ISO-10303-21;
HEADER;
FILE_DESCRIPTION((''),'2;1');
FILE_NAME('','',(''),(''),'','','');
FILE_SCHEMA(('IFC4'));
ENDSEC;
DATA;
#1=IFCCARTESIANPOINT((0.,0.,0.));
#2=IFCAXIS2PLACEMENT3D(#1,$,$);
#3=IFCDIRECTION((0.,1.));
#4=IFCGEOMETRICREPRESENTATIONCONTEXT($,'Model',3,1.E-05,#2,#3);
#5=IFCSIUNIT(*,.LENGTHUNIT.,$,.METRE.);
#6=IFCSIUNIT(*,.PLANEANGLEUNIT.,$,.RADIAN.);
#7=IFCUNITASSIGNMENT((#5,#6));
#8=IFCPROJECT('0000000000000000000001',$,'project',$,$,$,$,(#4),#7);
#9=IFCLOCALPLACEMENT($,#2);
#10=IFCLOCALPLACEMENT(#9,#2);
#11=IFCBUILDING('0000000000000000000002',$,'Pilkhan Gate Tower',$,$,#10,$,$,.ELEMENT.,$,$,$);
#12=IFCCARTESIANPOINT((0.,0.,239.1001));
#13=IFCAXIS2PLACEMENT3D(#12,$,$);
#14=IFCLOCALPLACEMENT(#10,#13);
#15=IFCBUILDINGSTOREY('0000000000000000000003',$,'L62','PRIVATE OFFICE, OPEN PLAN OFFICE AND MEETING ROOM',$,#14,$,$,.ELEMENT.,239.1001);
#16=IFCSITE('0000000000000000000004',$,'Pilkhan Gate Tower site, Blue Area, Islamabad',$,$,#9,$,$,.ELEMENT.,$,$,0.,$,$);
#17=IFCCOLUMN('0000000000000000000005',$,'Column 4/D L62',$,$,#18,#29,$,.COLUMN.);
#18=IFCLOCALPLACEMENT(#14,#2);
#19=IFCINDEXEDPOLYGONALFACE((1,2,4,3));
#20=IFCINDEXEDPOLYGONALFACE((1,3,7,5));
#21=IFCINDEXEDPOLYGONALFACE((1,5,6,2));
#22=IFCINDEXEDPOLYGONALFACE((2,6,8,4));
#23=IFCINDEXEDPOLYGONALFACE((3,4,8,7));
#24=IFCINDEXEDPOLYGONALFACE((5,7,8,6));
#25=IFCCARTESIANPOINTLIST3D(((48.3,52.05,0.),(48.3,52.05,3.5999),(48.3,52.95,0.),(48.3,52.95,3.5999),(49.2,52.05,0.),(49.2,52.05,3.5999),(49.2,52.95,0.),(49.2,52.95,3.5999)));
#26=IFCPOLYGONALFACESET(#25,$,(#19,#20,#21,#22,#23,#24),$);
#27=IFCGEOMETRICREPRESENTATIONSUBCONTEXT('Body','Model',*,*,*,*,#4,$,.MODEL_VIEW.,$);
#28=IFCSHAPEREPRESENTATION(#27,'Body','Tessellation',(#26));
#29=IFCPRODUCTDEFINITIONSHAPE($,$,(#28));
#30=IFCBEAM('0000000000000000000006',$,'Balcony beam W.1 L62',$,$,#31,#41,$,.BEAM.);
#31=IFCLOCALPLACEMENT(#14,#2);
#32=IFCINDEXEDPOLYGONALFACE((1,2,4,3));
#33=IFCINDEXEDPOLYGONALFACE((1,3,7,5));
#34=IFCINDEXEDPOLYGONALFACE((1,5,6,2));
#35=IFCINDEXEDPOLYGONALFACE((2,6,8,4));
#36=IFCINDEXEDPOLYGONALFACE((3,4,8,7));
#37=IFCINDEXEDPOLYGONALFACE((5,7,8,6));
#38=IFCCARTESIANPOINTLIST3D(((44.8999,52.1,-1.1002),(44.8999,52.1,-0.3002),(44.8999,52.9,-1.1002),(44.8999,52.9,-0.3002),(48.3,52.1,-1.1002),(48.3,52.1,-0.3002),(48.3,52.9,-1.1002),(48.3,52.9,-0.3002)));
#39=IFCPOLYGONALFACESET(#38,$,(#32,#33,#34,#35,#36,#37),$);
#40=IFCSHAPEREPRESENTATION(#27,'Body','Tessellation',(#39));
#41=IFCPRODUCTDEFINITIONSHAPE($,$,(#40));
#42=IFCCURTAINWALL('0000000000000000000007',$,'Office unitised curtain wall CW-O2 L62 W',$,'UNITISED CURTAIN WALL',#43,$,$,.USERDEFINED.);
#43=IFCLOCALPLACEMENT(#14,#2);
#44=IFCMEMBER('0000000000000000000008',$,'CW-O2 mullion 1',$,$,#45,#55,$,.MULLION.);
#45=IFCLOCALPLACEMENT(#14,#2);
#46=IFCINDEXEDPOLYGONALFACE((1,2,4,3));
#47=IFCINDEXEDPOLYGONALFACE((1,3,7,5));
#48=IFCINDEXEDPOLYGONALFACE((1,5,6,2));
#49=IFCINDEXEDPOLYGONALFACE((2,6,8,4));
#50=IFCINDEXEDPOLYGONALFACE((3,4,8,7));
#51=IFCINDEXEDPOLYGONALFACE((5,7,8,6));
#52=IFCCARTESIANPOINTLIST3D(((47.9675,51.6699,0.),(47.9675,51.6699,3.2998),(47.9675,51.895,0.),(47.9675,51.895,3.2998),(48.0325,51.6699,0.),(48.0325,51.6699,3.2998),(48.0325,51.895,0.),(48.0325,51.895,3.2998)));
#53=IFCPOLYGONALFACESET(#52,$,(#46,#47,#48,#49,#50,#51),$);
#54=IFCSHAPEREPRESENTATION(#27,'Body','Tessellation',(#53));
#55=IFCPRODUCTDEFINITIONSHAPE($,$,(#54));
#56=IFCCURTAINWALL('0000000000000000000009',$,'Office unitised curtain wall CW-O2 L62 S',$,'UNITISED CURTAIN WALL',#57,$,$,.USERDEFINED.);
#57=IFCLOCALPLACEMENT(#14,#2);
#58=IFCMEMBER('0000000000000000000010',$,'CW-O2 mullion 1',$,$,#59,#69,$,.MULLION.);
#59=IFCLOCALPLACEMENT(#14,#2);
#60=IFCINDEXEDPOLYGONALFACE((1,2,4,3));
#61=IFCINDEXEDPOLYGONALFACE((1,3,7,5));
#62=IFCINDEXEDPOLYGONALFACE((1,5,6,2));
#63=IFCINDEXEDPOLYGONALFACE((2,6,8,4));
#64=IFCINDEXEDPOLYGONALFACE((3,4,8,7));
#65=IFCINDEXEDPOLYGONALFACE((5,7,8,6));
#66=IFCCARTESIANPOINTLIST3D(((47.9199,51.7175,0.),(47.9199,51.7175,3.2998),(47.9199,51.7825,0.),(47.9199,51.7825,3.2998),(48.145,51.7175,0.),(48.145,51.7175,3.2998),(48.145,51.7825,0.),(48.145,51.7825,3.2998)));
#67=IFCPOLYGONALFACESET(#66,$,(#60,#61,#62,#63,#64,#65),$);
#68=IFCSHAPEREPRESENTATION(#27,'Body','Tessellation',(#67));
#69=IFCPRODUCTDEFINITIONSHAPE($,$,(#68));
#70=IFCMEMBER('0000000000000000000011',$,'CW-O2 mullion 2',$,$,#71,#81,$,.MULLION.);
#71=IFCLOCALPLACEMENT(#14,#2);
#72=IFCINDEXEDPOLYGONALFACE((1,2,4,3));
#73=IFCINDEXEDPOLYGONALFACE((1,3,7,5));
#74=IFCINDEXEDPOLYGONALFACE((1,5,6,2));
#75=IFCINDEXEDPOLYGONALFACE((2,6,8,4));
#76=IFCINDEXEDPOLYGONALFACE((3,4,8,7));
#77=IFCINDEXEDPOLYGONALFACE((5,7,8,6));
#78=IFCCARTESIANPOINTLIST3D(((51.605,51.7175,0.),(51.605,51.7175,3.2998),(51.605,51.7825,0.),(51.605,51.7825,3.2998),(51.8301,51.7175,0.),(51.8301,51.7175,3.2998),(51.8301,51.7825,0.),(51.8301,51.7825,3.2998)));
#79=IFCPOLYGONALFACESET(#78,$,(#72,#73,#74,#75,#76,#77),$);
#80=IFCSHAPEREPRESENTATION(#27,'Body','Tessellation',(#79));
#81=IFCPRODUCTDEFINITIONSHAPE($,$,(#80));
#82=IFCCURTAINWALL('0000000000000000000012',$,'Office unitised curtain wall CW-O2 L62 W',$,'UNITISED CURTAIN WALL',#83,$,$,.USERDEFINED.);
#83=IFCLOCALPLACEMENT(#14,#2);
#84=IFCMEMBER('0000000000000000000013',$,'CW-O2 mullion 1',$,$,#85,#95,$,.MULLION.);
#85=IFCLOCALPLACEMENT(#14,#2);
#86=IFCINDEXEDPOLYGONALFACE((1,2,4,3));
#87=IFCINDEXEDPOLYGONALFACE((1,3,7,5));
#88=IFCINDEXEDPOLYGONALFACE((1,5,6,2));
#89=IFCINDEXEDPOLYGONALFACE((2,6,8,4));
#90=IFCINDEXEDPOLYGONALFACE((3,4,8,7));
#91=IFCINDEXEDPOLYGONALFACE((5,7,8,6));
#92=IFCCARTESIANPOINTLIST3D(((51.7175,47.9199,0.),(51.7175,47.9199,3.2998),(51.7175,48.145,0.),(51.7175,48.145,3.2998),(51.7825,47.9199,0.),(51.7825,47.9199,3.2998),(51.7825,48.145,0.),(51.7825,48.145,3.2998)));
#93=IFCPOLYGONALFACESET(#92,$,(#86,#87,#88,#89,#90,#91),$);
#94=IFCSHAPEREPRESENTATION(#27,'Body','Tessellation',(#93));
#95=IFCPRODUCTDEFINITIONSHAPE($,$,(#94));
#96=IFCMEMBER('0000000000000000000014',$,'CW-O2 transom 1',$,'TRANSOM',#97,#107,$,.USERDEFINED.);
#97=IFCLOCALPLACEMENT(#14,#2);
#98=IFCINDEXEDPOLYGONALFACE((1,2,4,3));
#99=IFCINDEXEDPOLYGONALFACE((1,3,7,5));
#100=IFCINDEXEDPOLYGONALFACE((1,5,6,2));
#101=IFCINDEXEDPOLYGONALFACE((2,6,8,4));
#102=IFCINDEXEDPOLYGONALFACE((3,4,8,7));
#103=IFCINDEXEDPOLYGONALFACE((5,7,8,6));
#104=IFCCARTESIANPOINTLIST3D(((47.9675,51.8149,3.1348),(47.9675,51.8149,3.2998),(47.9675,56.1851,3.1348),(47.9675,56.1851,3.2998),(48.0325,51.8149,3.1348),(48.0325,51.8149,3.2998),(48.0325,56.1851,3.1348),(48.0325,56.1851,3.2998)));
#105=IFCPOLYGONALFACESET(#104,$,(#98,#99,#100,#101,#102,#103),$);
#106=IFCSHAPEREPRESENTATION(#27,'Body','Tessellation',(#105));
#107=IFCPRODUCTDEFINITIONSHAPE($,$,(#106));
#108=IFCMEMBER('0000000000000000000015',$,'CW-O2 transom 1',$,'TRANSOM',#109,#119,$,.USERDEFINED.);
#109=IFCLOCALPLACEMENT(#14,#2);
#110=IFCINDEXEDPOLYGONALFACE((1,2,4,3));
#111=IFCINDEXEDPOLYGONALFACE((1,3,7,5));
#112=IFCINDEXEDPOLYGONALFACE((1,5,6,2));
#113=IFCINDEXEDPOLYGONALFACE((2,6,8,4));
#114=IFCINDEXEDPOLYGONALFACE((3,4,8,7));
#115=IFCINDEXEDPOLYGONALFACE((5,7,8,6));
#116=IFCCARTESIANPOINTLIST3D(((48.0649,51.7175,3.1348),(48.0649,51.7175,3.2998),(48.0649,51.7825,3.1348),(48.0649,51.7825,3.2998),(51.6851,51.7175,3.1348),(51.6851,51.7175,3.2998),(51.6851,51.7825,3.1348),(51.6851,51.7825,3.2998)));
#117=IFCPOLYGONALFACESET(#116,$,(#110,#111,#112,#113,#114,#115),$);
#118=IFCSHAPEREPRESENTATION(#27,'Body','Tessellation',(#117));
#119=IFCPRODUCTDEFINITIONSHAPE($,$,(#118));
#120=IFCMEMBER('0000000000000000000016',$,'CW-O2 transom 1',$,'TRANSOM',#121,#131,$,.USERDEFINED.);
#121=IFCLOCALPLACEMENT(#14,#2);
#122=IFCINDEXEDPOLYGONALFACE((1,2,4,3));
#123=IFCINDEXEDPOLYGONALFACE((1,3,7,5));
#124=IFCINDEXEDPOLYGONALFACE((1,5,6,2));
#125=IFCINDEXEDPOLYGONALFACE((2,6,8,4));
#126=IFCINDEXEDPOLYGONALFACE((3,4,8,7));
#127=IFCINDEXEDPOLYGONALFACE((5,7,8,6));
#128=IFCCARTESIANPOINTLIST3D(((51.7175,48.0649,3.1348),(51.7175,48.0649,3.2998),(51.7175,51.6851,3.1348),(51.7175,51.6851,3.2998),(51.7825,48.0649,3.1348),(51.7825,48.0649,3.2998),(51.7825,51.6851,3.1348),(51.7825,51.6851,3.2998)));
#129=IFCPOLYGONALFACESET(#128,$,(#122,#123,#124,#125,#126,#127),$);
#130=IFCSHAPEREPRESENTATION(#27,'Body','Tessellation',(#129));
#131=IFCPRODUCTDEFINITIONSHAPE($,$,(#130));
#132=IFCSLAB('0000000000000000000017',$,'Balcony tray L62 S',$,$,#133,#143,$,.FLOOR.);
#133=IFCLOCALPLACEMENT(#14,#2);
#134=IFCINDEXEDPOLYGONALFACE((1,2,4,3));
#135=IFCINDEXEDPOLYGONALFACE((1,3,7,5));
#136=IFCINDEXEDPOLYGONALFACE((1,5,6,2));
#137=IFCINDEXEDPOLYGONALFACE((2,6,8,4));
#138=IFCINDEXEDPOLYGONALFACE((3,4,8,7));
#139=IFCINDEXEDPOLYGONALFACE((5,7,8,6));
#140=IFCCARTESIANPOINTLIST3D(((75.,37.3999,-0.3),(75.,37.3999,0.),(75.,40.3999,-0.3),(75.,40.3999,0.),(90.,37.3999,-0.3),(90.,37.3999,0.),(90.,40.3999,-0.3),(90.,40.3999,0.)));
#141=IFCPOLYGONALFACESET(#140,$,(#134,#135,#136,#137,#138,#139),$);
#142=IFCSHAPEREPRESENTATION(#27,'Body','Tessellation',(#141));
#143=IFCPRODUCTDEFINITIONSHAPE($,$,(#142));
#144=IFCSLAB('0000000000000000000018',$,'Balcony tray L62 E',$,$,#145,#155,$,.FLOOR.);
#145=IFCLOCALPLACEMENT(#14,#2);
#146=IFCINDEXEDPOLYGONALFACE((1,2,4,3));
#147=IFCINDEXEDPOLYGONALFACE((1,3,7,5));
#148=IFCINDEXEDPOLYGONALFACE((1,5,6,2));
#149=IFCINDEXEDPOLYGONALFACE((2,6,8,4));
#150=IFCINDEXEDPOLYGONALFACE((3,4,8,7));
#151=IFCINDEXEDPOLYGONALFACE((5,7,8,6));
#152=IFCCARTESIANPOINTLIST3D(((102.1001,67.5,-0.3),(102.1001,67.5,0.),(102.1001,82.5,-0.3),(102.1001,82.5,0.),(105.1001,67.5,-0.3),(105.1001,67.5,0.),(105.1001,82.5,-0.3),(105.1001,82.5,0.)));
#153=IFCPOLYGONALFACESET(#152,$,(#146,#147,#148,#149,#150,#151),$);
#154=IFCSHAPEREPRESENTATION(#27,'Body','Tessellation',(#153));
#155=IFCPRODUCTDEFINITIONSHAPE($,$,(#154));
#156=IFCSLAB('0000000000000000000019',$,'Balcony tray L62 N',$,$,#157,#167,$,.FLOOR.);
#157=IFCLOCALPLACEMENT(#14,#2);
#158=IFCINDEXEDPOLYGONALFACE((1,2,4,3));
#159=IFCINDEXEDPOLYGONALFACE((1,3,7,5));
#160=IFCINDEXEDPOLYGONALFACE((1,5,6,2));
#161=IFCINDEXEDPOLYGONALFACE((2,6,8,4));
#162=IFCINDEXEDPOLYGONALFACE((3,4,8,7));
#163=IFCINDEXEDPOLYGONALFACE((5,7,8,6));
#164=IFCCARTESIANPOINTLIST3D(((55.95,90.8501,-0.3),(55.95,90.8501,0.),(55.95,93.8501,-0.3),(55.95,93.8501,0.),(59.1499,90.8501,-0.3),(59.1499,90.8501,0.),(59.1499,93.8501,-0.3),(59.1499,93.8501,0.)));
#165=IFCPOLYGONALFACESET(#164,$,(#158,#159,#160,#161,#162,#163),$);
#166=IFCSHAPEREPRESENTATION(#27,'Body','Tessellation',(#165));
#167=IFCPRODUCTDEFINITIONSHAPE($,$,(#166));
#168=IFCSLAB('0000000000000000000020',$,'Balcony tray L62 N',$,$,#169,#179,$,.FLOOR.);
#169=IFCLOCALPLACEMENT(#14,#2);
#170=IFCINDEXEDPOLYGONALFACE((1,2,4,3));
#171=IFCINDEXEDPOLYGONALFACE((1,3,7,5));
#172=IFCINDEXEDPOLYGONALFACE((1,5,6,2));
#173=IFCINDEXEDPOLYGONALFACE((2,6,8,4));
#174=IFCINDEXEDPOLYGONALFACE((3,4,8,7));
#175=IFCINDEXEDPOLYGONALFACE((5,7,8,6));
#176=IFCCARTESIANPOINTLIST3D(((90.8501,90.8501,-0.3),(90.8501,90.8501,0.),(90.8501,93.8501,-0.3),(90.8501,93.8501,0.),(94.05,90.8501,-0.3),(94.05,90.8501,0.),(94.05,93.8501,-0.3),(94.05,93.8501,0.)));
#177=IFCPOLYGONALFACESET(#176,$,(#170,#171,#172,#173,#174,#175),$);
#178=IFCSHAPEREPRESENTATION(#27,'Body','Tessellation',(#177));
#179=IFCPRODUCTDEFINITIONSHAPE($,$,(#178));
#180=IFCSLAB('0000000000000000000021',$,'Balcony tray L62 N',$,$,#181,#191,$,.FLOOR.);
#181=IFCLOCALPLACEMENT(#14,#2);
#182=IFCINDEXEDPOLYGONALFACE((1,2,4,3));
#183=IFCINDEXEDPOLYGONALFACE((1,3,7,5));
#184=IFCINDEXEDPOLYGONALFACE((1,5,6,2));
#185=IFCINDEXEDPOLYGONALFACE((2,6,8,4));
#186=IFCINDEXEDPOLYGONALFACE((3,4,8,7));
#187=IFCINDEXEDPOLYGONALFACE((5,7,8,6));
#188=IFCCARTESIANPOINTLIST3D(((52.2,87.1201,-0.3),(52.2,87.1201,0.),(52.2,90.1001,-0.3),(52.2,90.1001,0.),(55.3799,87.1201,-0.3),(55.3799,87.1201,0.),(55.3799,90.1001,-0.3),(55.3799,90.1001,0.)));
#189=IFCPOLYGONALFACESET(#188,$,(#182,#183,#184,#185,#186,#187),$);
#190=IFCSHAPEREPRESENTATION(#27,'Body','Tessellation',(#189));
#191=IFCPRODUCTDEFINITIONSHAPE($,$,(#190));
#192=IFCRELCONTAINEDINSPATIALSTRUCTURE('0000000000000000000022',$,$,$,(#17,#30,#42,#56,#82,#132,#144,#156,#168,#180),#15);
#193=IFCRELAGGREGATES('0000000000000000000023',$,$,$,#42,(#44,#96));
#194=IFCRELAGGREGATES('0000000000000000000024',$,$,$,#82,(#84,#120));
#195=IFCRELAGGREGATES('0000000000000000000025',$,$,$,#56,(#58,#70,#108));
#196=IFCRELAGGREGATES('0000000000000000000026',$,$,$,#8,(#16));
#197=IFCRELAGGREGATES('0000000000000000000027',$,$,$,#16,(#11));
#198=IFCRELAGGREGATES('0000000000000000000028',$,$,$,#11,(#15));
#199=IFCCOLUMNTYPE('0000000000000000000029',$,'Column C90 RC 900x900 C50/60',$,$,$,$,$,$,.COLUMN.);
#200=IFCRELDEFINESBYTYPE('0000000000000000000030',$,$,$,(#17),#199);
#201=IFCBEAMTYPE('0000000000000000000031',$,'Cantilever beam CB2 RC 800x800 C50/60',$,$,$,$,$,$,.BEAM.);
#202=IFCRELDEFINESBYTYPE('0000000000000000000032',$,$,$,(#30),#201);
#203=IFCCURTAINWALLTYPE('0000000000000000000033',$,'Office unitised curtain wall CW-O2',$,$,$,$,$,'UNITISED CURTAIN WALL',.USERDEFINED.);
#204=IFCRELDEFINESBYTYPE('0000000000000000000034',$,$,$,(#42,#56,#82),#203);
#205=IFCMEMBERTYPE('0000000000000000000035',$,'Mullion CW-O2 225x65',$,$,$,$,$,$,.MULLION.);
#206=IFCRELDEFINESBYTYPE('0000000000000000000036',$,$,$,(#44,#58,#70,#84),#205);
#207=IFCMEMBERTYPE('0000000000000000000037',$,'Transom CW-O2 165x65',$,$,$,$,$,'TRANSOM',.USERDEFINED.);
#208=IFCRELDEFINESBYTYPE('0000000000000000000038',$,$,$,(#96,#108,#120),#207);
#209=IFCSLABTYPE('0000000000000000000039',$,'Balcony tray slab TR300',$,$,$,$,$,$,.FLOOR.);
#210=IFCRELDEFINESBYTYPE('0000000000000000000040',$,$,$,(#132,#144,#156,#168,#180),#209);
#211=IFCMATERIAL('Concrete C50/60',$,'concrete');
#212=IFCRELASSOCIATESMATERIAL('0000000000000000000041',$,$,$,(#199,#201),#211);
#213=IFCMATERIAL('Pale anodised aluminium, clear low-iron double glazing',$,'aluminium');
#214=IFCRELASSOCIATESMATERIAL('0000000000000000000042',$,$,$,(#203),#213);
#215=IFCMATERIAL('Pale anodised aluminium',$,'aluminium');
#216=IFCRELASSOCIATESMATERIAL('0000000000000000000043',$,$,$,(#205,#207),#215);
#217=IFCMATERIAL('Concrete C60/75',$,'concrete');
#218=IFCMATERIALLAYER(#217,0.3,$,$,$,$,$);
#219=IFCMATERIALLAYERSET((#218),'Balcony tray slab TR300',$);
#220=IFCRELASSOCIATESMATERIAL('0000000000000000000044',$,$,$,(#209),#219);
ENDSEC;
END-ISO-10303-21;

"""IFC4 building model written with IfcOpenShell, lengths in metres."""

from ifc_helpers import new_model, si_unit, direction, frame, origin, origin_2d, place, context, subcontext, project, spatial, polyline, rectangle, outline, extrude, material, layer, layer_set, material_profile, profile_set, type_object, element, aggregate, save


model = new_model("IFC4")

# Units and contexts
model_context = context("Model", 3, precision=1e-05, world=origin(), true_north=direction((0.0, 1.0)))
body_context = subcontext(model_context, "Body", "Model", "MODEL_VIEW")
ifc_project = project(units=[si_unit("LENGTHUNIT", "METRE"), si_unit("PLANEANGLEUNIT", "RADIAN")], contexts=[model_context])

# Site, building, storey
site_placement = place(None, origin())
site = spatial("IfcSite", under=ifc_project, at=site_placement, Name="Pilkhan Gate Tower site, Blue Area, Islamabad", CompositionType="ELEMENT", RefElevation=0.0)
building_placement = place(site_placement, origin())
building = spatial("IfcBuilding", under=site, at=building_placement, Name="Pilkhan Gate Tower", CompositionType="ELEMENT")
storey_placement = place(building_placement, frame((0.0, 0.0, 239.1001)))
storey = spatial("IfcBuildingStorey", under=building, at=storey_placement, Name="L62", Description="PRIVATE OFFICE, OPEN PLAN OFFICE AND MEETING ROOM", CompositionType="ELEMENT", Elevation=239.1001)

# Column
ifc_material_1 = material(Name="Concrete C50/60", Category="concrete")
ifc_material_profile_1 = material_profile(ifc_material_1, rectangle(XDim=0.8999, YDim=0.8999, at=origin_2d()), Name="RC 900x900")
ifc_profile_set_1 = profile_set([ifc_material_profile_1], Name="Concrete C50/60")
column_type = type_object("IfcColumnType", Name="Column C90 RC 900x900 C50/60", PredefinedType="COLUMN", material=ifc_profile_set_1)
column_placement = place(storey_placement, frame((48.75, 52.5, 0.0), z_axis=(0.0, 0.0, 1.0), x_axis=(1.0, 0.0, 0.0)))
element("IfcColumn", 1, at=column_placement, inside=storey, type_object=column_type, Name="Column 4/D L62", PredefinedType="COLUMN", context=body_context, shape_type="SweptSolid", body=[
    extrude(rectangle(XDim=0.8999, YDim=0.8999, at=origin_2d()), origin(), (0.0, 0.0, 1.0), 3.5999),
])

# Beam
ifc_material_profile_2 = material_profile(ifc_material_1, rectangle(XDim=0.8, YDim=0.8, at=origin_2d()), Name="RC 800x800")
ifc_profile_set_2 = profile_set([ifc_material_profile_2], Name="Concrete C50/60")
beam_type = type_object("IfcBeamType", Name="Cantilever beam CB2 RC 800x800 C50/60", PredefinedType="BEAM", material=ifc_profile_set_2)
beam_placement = place(storey_placement, frame((48.3, 52.5, -0.7002), z_axis=(-1.0, 0.0, 0.0), x_axis=(0.0, -1.0, 0.0)))
element("IfcBeam", 2, at=beam_placement, inside=storey, type_object=beam_type, Name="Balcony beam W.1 L62", PredefinedType="BEAM", context=body_context, shape_type="SweptSolid", body=[
    extrude(rectangle(XDim=0.8, YDim=0.8, at=origin_2d()), origin(), (0.0, 0.0, 1.0), 3.4001),
])

# Curtain wall, member
ifc_material_2 = material(Name="Pale anodised aluminium, clear low-iron double glazing", Category="aluminium")
curtain_wall_type = type_object("IfcCurtainWallType", Name="Office unitised curtain wall CW-O2", ElementType="UNITISED CURTAIN WALL", PredefinedType="USERDEFINED", material=ifc_material_2)
curtain_wall_1_placement = place(storey_placement, origin())
curtain_wall_1 = element("IfcCurtainWall", 3, at=curtain_wall_1_placement, inside=storey, type_object=curtain_wall_type, Name="Office unitised curtain wall CW-O2 L62 W", ObjectType="UNITISED CURTAIN WALL", PredefinedType="USERDEFINED")
ifc_material_3 = material(Name="Pale anodised aluminium", Category="aluminium")
ifc_material_profile_3 = material_profile(ifc_material_3, rectangle(XDim=0.0649, YDim=0.2251, at=origin_2d()), Name="Mullion 225x65")
ifc_profile_set_3 = profile_set([ifc_material_profile_3], Name="Pale anodised aluminium")
member_type_1 = type_object("IfcMemberType", Name="Mullion CW-O2 225x65", PredefinedType="MULLION", material=ifc_profile_set_3)
member_1_placement = place(storey_placement, frame((48.0, 51.7825, 0.0), z_axis=(0.0, 0.0, 1.0), x_axis=(-1.0, 0.0, 0.0)))
member_1 = element("IfcMember", 4, at=member_1_placement, type_object=member_type_1, Name="CW-O2 mullion 1", PredefinedType="MULLION", context=body_context, shape_type="SweptSolid", body=[
    extrude(rectangle(XDim=0.0649, YDim=0.2251, at=origin_2d()), origin(), (0.0, 0.0, 1.0), 3.2998),
])

# Curtain wall, members
curtain_wall_2_placement = place(storey_placement, origin())
curtain_wall_2 = element("IfcCurtainWall", 5, at=curtain_wall_2_placement, inside=storey, type_object=curtain_wall_type, Name="Office unitised curtain wall CW-O2 L62 S", ObjectType="UNITISED CURTAIN WALL", PredefinedType="USERDEFINED")
member_2_placement = place(storey_placement, frame((48.0325, 51.75, 0.0), z_axis=(0.0, 0.0, 1.0), x_axis=(0.0, 1.0, 0.0)))
member_2 = element("IfcMember", 6, at=member_2_placement, type_object=member_type_1, Name="CW-O2 mullion 1", PredefinedType="MULLION", context=body_context, shape_type="SweptSolid", body=[
    extrude(rectangle(XDim=0.0649, YDim=0.2251, at=origin_2d()), origin(), (0.0, 0.0, 1.0), 3.2998),
])
member_3_placement = place(storey_placement, frame((51.7175, 51.75, 0.0), z_axis=(0.0, 0.0, 1.0), x_axis=(0.0, 1.0, 0.0)))
member_3 = element("IfcMember", 7, at=member_3_placement, type_object=member_type_1, Name="CW-O2 mullion 2", PredefinedType="MULLION", context=body_context, shape_type="SweptSolid", body=[
    extrude(rectangle(XDim=0.0649, YDim=0.2251, at=origin_2d()), origin(), (0.0, 0.0, 1.0), 3.2998),
])

# Curtain wall, member
curtain_wall_3_placement = place(storey_placement, origin())
curtain_wall_3 = element("IfcCurtainWall", 8, at=curtain_wall_3_placement, inside=storey, type_object=curtain_wall_type, Name="Office unitised curtain wall CW-O2 L62 W", ObjectType="UNITISED CURTAIN WALL", PredefinedType="USERDEFINED")
member_4_placement = place(storey_placement, frame((51.75, 48.0325, 0.0), z_axis=(0.0, 0.0, 1.0), x_axis=(-1.0, 0.0, 0.0)))
member_4 = element("IfcMember", 9, at=member_4_placement, type_object=member_type_1, Name="CW-O2 mullion 1", PredefinedType="MULLION", context=body_context, shape_type="SweptSolid", body=[
    extrude(rectangle(XDim=0.0649, YDim=0.2251, at=origin_2d()), origin(), (0.0, 0.0, 1.0), 3.2998),
])

# Members
ifc_material_profile_4 = material_profile(ifc_material_3, rectangle(XDim=0.0649, YDim=0.165, at=origin_2d()), Name="Transom 165x65")
ifc_profile_set_4 = profile_set([ifc_material_profile_4], Name="Pale anodised aluminium")
member_type_2 = type_object("IfcMemberType", Name="Transom CW-O2 165x65", ElementType="TRANSOM", PredefinedType="USERDEFINED", material=ifc_profile_set_4)
member_5_placement = place(storey_placement, frame((48.0, 51.8149, 3.2173), z_axis=(0.0, 1.0, 0.0), x_axis=(-1.0, 0.0, 0.0)))
member_5 = element("IfcMember", 10, at=member_5_placement, type_object=member_type_2, Name="CW-O2 transom 1", ObjectType="TRANSOM", PredefinedType="USERDEFINED", context=body_context, shape_type="SweptSolid", body=[
    extrude(rectangle(XDim=0.0649, YDim=0.165, at=origin_2d()), origin(), (0.0, 0.0, 1.0), 4.3701),
])
aggregate(curtain_wall_1, [member_1, member_5])
member_6_placement = place(storey_placement, frame((48.0649, 51.75, 3.2173), z_axis=(1.0, 0.0, 0.0), x_axis=(0.0, 1.0, 0.0)))
member_6 = element("IfcMember", 11, at=member_6_placement, type_object=member_type_2, Name="CW-O2 transom 1", ObjectType="TRANSOM", PredefinedType="USERDEFINED", context=body_context, shape_type="SweptSolid", body=[
    extrude(rectangle(XDim=0.0649, YDim=0.165, at=origin_2d()), origin(), (0.0, 0.0, 1.0), 3.6201),
])
member_7_placement = place(storey_placement, frame((51.75, 48.0649, 3.2173), z_axis=(0.0, 1.0, 0.0), x_axis=(-1.0, 0.0, 0.0)))
member_7 = element("IfcMember", 12, at=member_7_placement, type_object=member_type_2, Name="CW-O2 transom 1", ObjectType="TRANSOM", PredefinedType="USERDEFINED", context=body_context, shape_type="SweptSolid", body=[
    extrude(rectangle(XDim=0.0649, YDim=0.165, at=origin_2d()), origin(), (0.0, 0.0, 1.0), 3.6201),
])
aggregate(curtain_wall_3, [member_4, member_7])

# Slabs
ifc_material_4 = material(Name="Concrete C60/75", Category="concrete")
ifc_layer_1 = layer(ifc_material_4, 0.3)
ifc_layer_set_1 = layer_set([ifc_layer_1], Name="Balcony tray slab TR300")
slab_type_1 = type_object("IfcSlabType", Name="Balcony tray slab TR300", PredefinedType="FLOOR", material=ifc_layer_set_1)
slab_1_placement = place(storey_placement, frame((0.0, 0.0, -0.3)))
element("IfcSlab", 13, at=slab_1_placement, inside=storey, type_object=slab_type_1, Name="Balcony tray L62 S", PredefinedType="FLOOR", context=body_context, shape_type="SweptSolid", body=[
    extrude(outline(polyline([(90.0, 37.3999), (90.0, 40.3999), (75.0, 40.3999), (75.0, 37.3999), (90.0, 37.3999)])), origin(), (0.0, 0.0, 1.0), 0.3),
])
slab_2_placement = place(storey_placement, frame((0.0, 0.0, -0.3)))
element("IfcSlab", 14, at=slab_2_placement, inside=storey, type_object=slab_type_1, Name="Balcony tray L62 E", PredefinedType="FLOOR", context=body_context, shape_type="SweptSolid", body=[
    extrude(outline(polyline([(105.1001, 67.5), (105.1001, 82.5), (102.1001, 82.5), (102.1001, 67.5), (105.1001, 67.5)])), origin(), (0.0, 0.0, 1.0), 0.3),
])
slab_3_placement = place(storey_placement, frame((0.0, 0.0, -0.3)))
element("IfcSlab", 15, at=slab_3_placement, inside=storey, type_object=slab_type_1, Name="Balcony tray L62 N", PredefinedType="FLOOR", context=body_context, shape_type="SweptSolid", body=[
    extrude(outline(polyline([(59.1499, 90.8501), (59.1499, 93.8501), (55.95, 93.8501), (55.95, 90.8501), (59.1499, 90.8501)])), origin(), (0.0, 0.0, 1.0), 0.3),
])
slab_4_placement = place(storey_placement, frame((0.0, 0.0, -0.3)))
element("IfcSlab", 16, at=slab_4_placement, inside=storey, type_object=slab_type_1, Name="Balcony tray L62 N", PredefinedType="FLOOR", context=body_context, shape_type="SweptSolid", body=[
    extrude(outline(polyline([(94.05, 90.8501), (94.05, 93.8501), (90.8501, 93.8501), (90.8501, 90.8501), (94.05, 90.8501)])), origin(), (0.0, 0.0, 1.0), 0.3),
])
slab_5_placement = place(storey_placement, frame((0.0, 0.0, -0.3)))
element("IfcSlab", 17, at=slab_5_placement, inside=storey, type_object=slab_type_1, Name="Balcony tray L62 N", PredefinedType="FLOOR", context=body_context, shape_type="SweptSolid", body=[
    extrude(outline(polyline([(55.3799, 87.1201), (55.3799, 90.1001), (52.2, 90.1001), (52.2, 87.1201), (55.3799, 87.1201)])), origin(), (0.0, 0.0, 1.0), 0.3),
])

aggregate(curtain_wall_2, [member_2, member_3, member_6])

save(model, "model.ifc")
